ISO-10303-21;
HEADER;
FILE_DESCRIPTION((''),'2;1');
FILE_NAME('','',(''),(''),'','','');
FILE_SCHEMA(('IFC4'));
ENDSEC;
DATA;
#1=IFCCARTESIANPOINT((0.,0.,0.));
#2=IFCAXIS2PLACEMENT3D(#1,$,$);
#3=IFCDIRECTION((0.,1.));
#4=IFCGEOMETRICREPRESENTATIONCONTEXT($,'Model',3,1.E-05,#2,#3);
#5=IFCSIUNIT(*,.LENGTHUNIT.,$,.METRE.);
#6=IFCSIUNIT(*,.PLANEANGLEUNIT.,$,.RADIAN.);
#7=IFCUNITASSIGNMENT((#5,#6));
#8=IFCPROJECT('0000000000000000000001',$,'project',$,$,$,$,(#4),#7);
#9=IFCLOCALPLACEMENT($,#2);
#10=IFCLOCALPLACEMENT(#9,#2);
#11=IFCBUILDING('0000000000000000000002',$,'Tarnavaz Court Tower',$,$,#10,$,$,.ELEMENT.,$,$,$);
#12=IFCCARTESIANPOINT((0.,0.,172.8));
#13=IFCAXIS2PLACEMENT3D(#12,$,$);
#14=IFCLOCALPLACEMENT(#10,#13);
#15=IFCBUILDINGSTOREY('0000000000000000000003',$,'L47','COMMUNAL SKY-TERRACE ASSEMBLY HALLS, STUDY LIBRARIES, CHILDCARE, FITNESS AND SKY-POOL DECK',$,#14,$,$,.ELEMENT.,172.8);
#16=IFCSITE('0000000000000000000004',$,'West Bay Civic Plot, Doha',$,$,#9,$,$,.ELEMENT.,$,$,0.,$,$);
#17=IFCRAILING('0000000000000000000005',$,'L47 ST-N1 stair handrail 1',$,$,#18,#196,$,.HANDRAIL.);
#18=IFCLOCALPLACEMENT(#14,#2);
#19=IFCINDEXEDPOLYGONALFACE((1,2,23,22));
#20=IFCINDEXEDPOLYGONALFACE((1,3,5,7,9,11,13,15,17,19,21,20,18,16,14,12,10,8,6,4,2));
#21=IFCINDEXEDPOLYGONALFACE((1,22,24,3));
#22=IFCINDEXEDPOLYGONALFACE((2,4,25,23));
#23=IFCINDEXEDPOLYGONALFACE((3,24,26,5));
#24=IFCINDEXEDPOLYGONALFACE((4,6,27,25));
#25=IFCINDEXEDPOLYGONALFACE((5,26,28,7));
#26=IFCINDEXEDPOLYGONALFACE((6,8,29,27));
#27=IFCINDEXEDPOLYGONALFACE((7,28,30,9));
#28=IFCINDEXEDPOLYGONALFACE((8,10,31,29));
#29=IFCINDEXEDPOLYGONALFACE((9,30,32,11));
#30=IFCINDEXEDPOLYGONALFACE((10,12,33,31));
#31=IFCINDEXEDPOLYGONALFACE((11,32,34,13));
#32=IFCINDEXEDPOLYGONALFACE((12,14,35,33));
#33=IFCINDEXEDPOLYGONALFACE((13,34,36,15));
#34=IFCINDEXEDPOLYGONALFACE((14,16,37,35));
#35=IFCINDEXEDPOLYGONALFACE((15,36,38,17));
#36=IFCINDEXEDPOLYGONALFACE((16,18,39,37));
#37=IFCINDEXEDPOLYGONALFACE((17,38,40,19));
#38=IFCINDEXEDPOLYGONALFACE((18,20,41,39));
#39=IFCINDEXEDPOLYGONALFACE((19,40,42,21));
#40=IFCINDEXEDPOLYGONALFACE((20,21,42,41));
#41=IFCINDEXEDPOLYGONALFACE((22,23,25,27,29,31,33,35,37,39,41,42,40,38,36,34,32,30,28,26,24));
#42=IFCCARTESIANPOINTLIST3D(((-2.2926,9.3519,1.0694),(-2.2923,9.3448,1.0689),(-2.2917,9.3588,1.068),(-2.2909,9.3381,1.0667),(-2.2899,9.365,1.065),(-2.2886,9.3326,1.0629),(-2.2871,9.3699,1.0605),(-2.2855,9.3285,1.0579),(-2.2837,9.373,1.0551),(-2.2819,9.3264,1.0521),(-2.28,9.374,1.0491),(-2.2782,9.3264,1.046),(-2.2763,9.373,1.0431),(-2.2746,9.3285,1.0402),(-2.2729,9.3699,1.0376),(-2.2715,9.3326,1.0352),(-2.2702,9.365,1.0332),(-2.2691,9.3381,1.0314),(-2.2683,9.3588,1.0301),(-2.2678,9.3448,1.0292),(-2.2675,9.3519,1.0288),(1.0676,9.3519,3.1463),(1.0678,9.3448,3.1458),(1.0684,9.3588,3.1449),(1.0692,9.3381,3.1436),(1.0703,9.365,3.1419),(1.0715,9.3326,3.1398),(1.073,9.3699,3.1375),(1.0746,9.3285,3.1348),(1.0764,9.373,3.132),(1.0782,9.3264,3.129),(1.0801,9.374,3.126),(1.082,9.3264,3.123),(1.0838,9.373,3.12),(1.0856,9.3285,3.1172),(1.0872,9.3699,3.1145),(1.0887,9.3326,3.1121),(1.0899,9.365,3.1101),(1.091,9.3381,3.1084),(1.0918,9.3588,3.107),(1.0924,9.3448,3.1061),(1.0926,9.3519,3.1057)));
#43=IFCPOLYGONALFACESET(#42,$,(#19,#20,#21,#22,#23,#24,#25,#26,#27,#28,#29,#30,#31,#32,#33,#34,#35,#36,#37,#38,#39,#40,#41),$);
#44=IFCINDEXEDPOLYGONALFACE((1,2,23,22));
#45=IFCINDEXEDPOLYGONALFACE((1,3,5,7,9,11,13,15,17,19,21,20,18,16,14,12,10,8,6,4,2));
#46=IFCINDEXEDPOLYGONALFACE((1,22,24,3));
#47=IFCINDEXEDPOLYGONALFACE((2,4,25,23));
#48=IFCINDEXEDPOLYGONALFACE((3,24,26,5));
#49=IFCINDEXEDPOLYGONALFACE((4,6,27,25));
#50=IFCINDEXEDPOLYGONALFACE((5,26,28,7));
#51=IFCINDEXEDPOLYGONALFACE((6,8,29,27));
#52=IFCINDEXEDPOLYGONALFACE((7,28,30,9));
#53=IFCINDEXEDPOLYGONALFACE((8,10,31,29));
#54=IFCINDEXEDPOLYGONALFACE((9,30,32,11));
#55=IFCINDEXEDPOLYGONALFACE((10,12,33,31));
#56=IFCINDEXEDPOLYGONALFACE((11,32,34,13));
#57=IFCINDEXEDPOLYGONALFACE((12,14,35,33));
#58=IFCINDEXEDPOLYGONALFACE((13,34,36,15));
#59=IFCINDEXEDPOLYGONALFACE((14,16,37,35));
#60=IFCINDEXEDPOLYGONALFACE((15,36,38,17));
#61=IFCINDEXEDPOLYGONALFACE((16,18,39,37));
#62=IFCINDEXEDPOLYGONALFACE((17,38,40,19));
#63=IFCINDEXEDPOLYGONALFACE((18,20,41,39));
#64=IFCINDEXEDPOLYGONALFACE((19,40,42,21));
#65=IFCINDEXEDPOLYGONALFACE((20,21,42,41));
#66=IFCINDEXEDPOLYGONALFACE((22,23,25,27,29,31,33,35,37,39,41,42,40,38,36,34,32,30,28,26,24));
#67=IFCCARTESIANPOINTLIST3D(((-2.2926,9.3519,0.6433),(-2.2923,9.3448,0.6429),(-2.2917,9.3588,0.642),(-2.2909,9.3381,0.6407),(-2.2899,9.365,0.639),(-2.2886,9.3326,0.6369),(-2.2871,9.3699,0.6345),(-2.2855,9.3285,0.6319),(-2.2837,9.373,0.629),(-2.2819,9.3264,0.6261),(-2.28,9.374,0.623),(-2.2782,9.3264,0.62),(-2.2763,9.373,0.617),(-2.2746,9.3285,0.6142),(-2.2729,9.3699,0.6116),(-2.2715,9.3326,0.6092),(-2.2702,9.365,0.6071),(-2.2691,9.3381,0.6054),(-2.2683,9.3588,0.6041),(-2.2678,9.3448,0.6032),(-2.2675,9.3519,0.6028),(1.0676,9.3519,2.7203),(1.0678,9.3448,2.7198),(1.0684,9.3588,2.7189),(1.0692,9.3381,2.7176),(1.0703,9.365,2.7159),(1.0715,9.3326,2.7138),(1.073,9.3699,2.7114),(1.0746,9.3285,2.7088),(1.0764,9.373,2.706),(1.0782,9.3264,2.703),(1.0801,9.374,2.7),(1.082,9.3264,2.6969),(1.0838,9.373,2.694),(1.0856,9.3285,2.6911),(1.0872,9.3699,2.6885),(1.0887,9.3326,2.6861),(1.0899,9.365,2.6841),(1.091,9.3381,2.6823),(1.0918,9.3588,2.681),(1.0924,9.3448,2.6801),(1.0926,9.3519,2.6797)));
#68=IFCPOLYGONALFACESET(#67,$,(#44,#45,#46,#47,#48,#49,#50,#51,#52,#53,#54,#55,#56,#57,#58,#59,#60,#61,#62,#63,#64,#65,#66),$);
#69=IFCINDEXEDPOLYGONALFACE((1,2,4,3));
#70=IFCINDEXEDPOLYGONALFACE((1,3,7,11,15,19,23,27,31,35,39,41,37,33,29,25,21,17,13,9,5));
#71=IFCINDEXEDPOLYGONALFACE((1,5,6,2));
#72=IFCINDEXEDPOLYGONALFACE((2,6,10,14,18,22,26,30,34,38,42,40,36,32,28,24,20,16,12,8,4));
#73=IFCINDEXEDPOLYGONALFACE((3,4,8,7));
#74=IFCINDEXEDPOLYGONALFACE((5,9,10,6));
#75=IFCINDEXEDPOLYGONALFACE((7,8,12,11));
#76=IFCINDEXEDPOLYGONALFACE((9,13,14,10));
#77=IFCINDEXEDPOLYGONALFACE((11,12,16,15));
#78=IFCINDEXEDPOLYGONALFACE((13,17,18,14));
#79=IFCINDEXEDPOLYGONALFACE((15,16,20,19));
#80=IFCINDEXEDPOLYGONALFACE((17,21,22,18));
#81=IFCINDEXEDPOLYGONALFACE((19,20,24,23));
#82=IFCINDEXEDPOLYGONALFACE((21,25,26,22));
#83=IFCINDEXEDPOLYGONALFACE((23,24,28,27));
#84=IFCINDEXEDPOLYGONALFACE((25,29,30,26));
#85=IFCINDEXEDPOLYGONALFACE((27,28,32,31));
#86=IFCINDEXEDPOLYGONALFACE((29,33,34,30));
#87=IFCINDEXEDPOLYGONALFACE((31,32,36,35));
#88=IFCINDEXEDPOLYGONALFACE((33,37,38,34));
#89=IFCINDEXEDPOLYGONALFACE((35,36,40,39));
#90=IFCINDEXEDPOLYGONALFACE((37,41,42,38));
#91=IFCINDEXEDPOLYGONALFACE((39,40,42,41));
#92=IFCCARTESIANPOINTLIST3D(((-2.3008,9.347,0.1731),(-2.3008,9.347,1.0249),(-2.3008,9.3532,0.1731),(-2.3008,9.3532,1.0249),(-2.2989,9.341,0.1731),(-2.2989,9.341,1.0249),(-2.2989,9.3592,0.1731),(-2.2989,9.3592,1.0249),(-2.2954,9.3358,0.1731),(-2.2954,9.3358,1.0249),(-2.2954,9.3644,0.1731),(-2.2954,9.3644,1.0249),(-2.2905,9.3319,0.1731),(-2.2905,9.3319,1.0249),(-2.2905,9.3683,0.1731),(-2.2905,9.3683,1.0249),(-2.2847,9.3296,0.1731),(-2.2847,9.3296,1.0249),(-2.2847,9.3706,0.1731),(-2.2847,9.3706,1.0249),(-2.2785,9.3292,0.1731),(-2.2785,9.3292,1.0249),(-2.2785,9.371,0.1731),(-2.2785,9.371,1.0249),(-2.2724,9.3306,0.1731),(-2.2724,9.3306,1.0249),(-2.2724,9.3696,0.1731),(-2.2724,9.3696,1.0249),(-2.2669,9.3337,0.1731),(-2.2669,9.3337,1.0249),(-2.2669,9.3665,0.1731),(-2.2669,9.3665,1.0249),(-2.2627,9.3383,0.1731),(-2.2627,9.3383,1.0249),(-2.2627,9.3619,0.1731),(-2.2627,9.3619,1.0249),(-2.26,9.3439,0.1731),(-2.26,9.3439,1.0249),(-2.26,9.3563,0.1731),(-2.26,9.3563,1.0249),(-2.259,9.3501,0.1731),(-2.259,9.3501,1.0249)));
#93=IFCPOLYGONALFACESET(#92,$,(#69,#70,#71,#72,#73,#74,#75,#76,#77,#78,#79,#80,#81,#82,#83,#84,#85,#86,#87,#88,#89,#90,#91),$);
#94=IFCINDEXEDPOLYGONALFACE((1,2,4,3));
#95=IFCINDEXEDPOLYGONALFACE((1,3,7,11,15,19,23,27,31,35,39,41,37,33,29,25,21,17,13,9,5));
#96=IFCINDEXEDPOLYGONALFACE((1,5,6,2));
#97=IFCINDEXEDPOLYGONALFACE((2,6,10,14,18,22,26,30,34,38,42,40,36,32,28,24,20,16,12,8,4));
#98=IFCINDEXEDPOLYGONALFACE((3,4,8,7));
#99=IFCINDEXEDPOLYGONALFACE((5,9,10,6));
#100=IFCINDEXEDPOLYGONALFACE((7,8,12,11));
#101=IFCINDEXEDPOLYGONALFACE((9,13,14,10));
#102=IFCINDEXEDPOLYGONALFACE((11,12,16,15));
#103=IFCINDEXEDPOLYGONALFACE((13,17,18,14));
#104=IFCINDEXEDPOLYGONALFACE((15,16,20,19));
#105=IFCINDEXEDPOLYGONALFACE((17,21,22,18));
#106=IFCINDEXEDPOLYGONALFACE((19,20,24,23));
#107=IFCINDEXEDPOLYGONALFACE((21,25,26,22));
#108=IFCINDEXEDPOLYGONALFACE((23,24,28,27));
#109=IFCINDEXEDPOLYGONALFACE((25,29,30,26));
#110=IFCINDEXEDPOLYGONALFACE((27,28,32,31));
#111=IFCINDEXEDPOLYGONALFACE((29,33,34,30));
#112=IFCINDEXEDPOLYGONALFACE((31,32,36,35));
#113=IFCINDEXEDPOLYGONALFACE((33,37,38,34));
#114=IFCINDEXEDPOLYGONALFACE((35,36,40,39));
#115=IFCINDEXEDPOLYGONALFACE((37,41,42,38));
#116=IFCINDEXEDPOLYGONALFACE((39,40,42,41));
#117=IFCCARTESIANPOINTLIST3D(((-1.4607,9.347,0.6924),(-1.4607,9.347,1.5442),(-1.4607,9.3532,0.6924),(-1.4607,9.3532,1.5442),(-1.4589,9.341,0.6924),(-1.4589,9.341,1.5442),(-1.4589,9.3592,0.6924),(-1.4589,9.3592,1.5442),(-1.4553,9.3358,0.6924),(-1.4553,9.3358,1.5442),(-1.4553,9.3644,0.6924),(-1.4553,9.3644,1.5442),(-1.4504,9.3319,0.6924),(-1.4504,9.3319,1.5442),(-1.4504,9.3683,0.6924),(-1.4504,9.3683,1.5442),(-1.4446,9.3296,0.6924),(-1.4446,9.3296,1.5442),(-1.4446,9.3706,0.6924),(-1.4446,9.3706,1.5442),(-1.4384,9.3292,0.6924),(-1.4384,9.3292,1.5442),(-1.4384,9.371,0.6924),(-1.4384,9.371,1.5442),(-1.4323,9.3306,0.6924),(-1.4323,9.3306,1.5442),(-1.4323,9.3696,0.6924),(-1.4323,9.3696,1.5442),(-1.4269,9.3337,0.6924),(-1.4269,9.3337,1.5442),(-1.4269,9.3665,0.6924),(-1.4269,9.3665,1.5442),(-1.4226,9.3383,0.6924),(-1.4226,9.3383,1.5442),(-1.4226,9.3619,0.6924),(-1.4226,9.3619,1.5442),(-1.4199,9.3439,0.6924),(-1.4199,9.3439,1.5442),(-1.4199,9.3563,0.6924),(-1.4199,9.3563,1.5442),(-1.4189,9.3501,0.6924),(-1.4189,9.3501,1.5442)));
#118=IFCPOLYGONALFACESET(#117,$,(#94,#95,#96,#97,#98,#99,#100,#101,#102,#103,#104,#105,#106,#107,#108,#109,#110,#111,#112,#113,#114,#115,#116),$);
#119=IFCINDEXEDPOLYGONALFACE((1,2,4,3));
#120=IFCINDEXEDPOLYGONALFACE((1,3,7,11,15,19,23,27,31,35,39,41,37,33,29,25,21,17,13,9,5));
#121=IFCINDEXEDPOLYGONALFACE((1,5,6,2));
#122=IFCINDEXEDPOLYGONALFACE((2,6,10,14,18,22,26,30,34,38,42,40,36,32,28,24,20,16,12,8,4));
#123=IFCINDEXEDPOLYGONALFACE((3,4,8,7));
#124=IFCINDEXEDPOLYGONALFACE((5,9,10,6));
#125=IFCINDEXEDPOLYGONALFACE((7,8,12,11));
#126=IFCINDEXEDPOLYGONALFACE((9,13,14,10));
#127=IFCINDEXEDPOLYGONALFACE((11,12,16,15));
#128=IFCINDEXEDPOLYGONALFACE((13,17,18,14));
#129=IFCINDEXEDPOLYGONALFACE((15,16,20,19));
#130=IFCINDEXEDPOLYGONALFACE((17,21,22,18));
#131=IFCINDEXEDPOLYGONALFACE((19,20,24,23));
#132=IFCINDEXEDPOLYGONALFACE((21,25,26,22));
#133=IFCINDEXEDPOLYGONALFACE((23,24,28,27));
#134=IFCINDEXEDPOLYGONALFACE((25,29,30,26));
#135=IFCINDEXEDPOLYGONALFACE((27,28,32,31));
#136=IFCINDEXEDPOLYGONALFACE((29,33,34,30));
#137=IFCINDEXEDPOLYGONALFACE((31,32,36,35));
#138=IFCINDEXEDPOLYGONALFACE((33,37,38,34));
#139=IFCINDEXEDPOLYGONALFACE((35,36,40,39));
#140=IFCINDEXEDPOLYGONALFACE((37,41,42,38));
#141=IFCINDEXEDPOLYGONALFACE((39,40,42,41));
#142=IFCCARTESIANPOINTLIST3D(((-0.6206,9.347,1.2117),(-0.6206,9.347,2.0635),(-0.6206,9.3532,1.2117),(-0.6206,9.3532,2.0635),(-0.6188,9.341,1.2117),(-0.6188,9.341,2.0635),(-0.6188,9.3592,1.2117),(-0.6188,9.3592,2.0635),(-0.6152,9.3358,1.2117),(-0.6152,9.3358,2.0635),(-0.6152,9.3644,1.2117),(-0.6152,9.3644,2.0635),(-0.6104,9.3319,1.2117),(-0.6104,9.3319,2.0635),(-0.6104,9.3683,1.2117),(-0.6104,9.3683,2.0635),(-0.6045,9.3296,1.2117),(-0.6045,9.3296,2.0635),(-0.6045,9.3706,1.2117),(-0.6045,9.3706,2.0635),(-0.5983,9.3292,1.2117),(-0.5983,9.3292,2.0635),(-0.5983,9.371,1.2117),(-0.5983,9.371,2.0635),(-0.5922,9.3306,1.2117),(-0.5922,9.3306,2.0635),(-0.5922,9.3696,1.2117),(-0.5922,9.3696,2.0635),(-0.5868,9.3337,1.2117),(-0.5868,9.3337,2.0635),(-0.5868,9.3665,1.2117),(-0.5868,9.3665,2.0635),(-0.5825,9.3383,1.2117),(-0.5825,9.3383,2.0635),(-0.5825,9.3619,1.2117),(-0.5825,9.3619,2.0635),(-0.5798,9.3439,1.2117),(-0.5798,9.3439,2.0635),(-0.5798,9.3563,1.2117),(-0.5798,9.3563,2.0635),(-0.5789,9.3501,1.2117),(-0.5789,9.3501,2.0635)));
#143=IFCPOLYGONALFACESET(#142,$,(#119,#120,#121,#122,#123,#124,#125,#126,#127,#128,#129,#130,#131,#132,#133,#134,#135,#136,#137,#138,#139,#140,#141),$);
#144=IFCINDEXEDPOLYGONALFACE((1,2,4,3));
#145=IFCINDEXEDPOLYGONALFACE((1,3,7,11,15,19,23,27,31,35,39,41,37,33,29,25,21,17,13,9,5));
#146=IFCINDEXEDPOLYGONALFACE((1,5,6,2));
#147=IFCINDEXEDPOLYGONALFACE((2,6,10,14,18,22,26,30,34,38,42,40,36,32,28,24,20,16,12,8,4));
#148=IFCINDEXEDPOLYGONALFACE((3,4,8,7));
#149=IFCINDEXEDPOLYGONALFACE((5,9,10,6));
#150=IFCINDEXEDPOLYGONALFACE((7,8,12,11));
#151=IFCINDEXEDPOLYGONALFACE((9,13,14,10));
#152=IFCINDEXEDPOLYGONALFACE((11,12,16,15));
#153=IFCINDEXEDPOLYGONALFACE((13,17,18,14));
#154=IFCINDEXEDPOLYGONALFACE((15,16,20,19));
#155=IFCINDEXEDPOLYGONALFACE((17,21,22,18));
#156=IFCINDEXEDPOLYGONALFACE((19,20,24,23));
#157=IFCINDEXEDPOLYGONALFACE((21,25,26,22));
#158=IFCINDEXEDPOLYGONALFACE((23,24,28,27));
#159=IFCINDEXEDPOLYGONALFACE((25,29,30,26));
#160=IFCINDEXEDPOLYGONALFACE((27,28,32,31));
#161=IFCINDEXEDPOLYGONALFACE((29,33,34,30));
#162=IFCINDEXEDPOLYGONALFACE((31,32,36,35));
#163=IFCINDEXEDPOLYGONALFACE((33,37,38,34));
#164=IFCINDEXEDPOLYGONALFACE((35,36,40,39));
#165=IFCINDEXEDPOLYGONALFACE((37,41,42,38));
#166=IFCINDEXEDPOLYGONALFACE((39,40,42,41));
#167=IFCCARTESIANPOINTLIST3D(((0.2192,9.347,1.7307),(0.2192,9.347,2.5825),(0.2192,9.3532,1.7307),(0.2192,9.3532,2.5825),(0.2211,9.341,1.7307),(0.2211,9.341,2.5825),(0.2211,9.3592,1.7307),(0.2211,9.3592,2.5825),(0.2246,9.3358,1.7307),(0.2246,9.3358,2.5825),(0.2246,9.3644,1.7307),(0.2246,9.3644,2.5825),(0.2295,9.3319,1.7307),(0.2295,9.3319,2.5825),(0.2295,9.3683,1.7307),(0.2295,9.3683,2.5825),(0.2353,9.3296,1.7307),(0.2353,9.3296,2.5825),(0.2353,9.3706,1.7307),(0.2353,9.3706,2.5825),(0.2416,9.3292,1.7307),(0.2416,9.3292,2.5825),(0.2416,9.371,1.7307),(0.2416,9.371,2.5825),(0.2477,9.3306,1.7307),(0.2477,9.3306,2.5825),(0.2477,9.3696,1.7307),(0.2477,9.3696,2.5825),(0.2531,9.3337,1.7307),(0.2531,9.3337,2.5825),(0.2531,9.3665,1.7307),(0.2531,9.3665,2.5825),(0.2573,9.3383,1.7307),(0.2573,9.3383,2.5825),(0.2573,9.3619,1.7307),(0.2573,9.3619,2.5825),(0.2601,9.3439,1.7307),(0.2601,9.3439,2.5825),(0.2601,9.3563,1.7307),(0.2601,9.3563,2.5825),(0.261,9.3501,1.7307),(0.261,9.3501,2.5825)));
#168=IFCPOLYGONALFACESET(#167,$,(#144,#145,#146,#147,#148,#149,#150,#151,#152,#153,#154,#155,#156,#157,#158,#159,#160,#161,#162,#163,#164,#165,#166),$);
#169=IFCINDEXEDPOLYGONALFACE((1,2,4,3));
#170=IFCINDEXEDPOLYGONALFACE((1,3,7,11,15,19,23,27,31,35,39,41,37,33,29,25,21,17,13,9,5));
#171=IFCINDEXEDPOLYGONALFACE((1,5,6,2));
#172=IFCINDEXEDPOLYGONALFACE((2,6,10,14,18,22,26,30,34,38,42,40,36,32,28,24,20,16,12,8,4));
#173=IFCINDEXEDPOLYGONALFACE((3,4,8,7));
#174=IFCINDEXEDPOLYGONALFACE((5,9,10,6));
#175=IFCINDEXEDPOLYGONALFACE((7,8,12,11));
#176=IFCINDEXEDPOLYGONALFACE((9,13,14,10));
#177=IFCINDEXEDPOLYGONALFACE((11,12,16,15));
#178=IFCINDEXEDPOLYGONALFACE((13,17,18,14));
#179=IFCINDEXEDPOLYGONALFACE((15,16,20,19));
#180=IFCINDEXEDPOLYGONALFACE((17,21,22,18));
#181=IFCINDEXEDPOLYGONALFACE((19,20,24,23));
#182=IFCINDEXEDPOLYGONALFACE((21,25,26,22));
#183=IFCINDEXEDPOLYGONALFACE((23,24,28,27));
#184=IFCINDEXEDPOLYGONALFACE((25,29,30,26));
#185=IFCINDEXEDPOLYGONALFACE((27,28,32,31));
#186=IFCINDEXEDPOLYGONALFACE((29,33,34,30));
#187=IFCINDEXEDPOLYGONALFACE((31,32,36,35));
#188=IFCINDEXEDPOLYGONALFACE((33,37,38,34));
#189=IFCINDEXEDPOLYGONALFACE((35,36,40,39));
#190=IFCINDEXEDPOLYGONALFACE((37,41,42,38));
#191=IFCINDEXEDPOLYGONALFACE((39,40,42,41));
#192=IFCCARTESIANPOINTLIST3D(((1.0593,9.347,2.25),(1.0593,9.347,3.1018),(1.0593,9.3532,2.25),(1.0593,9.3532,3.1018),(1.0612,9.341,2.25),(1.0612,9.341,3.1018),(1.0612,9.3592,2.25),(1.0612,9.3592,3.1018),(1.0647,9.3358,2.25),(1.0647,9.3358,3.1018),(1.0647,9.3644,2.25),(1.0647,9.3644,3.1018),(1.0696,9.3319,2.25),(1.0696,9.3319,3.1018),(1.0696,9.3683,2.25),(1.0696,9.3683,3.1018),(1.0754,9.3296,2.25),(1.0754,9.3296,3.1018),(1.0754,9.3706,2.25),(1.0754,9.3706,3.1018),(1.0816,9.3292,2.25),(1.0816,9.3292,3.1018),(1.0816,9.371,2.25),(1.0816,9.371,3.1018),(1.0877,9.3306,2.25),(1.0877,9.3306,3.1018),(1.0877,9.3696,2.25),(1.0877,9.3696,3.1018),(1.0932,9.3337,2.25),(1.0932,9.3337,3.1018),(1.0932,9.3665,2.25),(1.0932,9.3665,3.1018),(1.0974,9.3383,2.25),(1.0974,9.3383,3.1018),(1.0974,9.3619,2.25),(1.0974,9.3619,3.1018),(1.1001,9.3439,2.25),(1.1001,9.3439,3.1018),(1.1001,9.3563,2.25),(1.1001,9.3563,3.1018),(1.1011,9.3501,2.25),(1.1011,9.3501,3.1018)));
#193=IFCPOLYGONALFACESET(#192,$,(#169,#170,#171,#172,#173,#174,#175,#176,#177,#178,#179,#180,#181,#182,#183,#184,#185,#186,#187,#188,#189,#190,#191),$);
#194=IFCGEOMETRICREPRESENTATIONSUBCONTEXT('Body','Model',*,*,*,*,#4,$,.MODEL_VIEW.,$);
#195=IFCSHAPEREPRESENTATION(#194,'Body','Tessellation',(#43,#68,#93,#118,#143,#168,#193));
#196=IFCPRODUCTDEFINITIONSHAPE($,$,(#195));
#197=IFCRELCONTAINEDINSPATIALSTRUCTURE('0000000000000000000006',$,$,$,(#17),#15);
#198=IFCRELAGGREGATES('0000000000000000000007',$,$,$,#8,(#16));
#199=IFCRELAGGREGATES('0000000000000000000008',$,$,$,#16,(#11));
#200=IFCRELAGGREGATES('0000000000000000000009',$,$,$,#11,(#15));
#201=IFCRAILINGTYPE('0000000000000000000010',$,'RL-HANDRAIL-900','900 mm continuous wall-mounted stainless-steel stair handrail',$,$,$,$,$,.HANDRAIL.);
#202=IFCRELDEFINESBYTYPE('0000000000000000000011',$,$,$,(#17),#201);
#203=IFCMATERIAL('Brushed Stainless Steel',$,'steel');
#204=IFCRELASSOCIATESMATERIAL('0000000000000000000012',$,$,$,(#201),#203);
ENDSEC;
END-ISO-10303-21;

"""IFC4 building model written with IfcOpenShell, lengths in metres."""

from ifc_helpers import new_model, si_unit, direction, frame, origin, origin_2d, place, context, subcontext, project, spatial, circle, extrude, material, type_object, element, save


model = new_model("IFC4")

# Units and contexts
model_context = context("Model", 3, precision=1e-05, world=origin(), true_north=direction((0.0, 1.0)))
body_context = subcontext(model_context, "Body", "Model", "MODEL_VIEW")
ifc_project = project(units=[si_unit("LENGTHUNIT", "METRE"), si_unit("PLANEANGLEUNIT", "RADIAN")], contexts=[model_context])

# Site, building, storey
site_placement = place(None, origin())
site = spatial("IfcSite", under=ifc_project, at=site_placement, Name="West Bay Civic Plot, Doha", CompositionType="ELEMENT", RefElevation=0.0)
building_placement = place(site_placement, origin())
building = spatial("IfcBuilding", under=site, at=building_placement, Name="Tarnavaz Court Tower", CompositionType="ELEMENT")
storey_placement = place(building_placement, frame((0.0, 0.0, 172.8)))
storey = spatial("IfcBuildingStorey", under=building, at=storey_placement, Name="L47", Description="COMMUNAL SKY-TERRACE ASSEMBLY HALLS, STUDY LIBRARIES, CHILDCARE, FITNESS AND SKY-POOL DECK", CompositionType="ELEMENT", Elevation=172.8)

# Railing
ifc_material_1 = material(Name="Brushed Stainless Steel", Category="steel")
railing_type_1 = type_object("IfcRailingType", Name="RL-HANDRAIL-900", Description="900 mm continuous wall-mounted stainless-steel stair handrail", PredefinedType="HANDRAIL", material=ifc_material_1)
railing_1_placement = place(storey_placement, frame((-2.28, 9.3501, 0.1731)))
element("IfcRailing", 1, at=railing_1_placement, inside=storey, type_object=railing_type_1, Name="L47 ST-N1 stair handrail 1", PredefinedType="HANDRAIL", context=body_context, shape_type="SweptSolid", body=[
    extrude(circle(Radius=0.0239, at=origin_2d()), frame((0.0, 0.0, 0.876), z_axis=(0.850623, 0.0, 0.525776), x_axis=(0.0, 1.0, 0.0)), (0.0, 0.0, 1.0), 3.9502),
    extrude(circle(Radius=0.0239, at=origin_2d()), frame((0.0, 0.0, 0.45), z_axis=(0.850623, 0.0, 0.525776), x_axis=(0.0, 1.0, 0.0)), (0.0, 0.0, 1.0), 3.9502),
    extrude(circle(Radius=0.021, at=origin_2d()), origin(), (0.0, 0.0, 1.0), 0.8518),
    extrude(circle(Radius=0.021, at=origin_2d()), frame((0.8401, 0.0, 0.5193)), (0.0, 0.0, 1.0), 0.8518),
    extrude(circle(Radius=0.021, at=origin_2d()), frame((1.6802, 0.0, 1.0386)), (0.0, 0.0, 1.0), 0.8518),
    extrude(circle(Radius=0.021, at=origin_2d()), frame((2.52, 0.0, 1.5576)), (0.0, 0.0, 1.0), 0.8518),
    extrude(circle(Radius=0.021, at=origin_2d()), frame((3.3601, 0.0, 2.0769)), (0.0, 0.0, 1.0), 0.8518),
])

save(model, "model.ifc")
